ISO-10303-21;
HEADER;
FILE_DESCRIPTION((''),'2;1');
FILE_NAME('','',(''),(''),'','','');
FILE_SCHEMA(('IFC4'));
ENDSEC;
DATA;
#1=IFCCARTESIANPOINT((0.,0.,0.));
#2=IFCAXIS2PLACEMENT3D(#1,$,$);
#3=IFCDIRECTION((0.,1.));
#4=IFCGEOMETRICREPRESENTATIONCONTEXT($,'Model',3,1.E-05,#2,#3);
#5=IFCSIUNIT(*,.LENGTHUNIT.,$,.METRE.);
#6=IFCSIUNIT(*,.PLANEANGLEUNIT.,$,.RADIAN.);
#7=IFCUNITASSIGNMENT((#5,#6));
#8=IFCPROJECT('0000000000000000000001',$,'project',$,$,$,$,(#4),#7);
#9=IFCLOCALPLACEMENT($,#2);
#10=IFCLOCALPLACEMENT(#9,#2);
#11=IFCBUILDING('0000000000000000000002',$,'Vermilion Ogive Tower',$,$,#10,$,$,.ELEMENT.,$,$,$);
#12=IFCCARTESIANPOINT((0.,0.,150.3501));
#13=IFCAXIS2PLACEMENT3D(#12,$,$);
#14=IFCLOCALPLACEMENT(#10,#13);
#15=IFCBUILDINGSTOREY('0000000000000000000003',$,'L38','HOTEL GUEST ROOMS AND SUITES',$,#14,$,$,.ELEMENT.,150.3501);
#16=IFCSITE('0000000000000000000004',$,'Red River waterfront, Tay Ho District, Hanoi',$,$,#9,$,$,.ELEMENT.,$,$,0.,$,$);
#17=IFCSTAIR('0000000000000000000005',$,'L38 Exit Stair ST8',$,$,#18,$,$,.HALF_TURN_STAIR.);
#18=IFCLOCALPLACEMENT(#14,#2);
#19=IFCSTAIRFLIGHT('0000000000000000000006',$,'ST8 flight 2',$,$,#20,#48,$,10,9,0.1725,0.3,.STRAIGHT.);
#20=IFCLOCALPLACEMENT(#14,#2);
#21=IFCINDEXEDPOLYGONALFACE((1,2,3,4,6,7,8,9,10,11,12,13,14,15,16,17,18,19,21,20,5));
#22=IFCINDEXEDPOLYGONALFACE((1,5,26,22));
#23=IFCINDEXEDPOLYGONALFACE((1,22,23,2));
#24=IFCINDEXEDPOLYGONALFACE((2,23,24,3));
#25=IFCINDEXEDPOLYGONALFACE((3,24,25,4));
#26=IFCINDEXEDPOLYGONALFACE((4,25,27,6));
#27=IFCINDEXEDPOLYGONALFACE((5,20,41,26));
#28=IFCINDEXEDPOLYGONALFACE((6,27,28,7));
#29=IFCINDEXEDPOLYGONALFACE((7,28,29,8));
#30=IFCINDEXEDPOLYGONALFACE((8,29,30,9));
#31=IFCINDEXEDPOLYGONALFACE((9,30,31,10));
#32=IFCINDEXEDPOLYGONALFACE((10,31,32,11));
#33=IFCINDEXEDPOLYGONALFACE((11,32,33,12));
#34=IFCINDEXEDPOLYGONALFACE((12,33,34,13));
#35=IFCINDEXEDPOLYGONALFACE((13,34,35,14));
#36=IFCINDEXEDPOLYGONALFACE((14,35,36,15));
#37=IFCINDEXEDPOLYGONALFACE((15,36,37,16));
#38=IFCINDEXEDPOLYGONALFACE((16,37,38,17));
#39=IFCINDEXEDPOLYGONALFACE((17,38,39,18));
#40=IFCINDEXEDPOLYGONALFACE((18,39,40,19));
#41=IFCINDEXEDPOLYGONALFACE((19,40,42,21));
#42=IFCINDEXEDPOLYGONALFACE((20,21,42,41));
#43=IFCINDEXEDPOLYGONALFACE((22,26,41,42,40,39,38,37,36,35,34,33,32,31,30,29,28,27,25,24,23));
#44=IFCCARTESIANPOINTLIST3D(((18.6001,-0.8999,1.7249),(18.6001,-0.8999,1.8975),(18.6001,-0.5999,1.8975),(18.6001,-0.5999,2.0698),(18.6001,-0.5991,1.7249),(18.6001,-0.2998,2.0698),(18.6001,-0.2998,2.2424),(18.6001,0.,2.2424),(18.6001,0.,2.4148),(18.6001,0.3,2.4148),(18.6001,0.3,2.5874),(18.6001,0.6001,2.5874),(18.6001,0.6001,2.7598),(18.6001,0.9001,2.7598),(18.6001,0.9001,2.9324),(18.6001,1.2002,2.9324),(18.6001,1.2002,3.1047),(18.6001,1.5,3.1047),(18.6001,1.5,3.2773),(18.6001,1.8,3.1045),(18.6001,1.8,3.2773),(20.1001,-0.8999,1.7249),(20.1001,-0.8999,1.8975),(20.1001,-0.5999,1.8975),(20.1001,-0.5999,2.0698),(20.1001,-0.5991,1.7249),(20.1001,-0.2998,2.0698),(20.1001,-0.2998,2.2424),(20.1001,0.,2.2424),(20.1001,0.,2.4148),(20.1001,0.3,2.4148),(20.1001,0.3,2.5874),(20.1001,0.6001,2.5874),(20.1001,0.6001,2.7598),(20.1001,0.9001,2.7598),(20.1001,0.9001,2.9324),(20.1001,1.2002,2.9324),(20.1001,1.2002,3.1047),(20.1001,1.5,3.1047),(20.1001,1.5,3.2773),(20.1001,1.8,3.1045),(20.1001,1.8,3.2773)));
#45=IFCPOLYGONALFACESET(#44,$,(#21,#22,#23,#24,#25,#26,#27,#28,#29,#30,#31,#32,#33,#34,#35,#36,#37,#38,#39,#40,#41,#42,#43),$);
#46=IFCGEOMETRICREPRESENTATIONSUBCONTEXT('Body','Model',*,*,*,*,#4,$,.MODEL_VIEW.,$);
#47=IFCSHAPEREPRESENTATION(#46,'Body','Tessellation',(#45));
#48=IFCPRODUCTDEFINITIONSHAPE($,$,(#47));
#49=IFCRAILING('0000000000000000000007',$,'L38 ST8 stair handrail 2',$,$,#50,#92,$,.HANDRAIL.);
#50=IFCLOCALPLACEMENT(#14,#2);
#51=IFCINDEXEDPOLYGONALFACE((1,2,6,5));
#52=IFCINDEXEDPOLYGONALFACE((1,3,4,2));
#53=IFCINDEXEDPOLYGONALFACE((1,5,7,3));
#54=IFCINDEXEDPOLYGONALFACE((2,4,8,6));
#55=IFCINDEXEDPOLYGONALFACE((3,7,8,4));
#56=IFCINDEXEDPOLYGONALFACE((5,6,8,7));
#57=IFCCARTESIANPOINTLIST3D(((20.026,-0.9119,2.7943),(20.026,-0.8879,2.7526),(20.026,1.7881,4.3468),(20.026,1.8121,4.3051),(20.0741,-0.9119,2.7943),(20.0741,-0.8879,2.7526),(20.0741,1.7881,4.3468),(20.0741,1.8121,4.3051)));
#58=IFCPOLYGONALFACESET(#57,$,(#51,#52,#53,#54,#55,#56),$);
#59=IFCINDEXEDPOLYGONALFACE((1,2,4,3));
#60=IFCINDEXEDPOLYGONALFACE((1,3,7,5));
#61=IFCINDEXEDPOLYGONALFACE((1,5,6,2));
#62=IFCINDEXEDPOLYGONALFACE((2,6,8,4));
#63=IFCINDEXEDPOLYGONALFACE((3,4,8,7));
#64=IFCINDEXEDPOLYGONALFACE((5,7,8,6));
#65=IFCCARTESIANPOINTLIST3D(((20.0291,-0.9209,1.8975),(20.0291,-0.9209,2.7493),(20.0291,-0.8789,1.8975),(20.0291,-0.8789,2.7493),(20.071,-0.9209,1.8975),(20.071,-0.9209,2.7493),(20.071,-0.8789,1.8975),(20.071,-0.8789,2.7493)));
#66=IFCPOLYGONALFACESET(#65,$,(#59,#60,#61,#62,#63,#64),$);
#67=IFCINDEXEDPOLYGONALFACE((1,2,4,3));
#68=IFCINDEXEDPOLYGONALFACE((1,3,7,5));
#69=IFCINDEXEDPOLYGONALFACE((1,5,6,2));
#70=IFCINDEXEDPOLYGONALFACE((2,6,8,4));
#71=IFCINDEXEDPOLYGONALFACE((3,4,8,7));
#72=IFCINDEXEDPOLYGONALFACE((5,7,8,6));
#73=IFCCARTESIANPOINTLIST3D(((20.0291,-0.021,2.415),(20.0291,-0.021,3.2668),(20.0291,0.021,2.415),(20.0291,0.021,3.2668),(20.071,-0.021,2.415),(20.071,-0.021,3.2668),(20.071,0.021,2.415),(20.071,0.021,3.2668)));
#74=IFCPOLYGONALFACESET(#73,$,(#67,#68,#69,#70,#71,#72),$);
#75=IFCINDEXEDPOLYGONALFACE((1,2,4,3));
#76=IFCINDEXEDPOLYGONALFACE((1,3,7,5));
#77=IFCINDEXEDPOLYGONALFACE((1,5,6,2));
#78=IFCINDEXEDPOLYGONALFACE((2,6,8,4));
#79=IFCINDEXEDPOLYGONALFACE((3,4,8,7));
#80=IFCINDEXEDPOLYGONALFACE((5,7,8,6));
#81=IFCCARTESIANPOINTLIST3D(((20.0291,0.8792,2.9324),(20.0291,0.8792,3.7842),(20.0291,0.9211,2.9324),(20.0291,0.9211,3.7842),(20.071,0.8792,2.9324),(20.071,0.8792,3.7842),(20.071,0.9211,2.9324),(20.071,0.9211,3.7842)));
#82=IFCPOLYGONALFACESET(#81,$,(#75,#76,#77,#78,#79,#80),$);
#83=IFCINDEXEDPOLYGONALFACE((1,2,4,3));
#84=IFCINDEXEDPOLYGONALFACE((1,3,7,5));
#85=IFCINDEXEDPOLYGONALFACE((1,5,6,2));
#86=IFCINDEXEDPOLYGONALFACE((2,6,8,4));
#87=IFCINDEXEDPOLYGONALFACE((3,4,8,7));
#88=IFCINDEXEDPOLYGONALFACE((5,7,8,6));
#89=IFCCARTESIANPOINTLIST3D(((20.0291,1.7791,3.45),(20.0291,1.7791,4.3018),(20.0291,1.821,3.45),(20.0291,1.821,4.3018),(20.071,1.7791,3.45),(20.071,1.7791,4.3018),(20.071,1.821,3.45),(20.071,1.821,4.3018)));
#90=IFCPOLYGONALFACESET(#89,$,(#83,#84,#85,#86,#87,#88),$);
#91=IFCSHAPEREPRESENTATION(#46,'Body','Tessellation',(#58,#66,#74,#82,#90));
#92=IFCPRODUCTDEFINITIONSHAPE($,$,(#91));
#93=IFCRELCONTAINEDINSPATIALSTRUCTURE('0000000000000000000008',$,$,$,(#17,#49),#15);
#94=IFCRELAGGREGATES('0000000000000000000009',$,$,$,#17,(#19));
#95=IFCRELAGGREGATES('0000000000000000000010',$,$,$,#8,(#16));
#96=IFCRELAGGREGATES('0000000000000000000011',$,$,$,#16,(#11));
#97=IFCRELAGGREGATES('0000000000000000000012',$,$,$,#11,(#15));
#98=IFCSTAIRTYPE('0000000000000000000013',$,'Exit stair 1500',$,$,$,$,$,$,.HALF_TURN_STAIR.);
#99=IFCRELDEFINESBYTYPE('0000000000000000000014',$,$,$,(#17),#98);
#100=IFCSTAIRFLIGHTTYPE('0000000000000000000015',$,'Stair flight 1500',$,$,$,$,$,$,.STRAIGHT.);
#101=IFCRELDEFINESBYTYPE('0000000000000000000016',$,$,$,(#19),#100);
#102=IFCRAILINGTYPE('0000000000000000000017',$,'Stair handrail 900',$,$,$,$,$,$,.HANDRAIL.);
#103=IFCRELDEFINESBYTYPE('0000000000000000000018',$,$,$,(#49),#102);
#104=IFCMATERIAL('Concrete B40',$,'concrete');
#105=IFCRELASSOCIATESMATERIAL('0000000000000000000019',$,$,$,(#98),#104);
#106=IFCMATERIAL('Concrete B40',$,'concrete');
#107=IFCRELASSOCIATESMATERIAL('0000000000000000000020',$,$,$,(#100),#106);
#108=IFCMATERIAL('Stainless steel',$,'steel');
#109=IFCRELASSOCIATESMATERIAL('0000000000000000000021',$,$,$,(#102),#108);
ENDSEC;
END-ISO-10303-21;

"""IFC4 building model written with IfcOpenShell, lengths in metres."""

from ifc_helpers import new_model, si_unit, direction, frame, origin, origin_2d, place, context, subcontext, project, spatial, polyline, rectangle, outline, extrude, material, type_object, element, aggregate, save


model = new_model("IFC4")

# Units and contexts
model_context = context("Model", 3, precision=1e-05, world=origin(), true_north=direction((0.0, 1.0)))
body_context = subcontext(model_context, "Body", "Model", "MODEL_VIEW")
ifc_project = project(units=[si_unit("LENGTHUNIT", "METRE"), si_unit("PLANEANGLEUNIT", "RADIAN")], contexts=[model_context])

# Site, building, storey
site_placement = place(None, origin())
site = spatial("IfcSite", under=ifc_project, at=site_placement, Name="Red River waterfront, Tay Ho District, Hanoi", CompositionType="ELEMENT", RefElevation=0.0)
building_placement = place(site_placement, origin())
building = spatial("IfcBuilding", under=site, at=building_placement, Name="Vermilion Ogive Tower", CompositionType="ELEMENT")
storey_placement = place(building_placement, frame((0.0, 0.0, 150.3501)))
storey = spatial("IfcBuildingStorey", under=building, at=storey_placement, Name="L38", Description="HOTEL GUEST ROOMS AND SUITES", CompositionType="ELEMENT", Elevation=150.3501)

# Stair, stair flight
ifc_material_1 = material(Name="Concrete B40", Category="concrete")
stair_type = type_object("IfcStairType", Name="Exit stair 1500", PredefinedType="HALF_TURN_STAIR", material=ifc_material_1)
stair_placement = place(storey_placement, origin())
stair = element("IfcStair", 1, at=stair_placement, inside=storey, type_object=stair_type, Name="L38 Exit Stair ST8", PredefinedType="HALF_TURN_STAIR")
ifc_material_2 = material(Name="Concrete B40", Category="concrete")
stair_flight_type = type_object("IfcStairFlightType", Name="Stair flight 1500", PredefinedType="STRAIGHT", material=ifc_material_2)
stair_flight_placement = place(storey_placement, frame((19.3501, -0.8999, 1.7249), z_axis=(0.0, 0.0, 1.0), x_axis=(0.0, 1.0, 0.0)))
stair_flight = element("IfcStairFlight", 2, at=stair_flight_placement, type_object=stair_flight_type, Name="ST8 flight 2", NumberOfRisers=10, NumberOfTreads=9, PredefinedType="STRAIGHT", RiserHeight=0.1725, TreadLength=0.3, context=body_context, shape_type="SweptSolid", body=[
    extrude(outline(polyline([(0.0, 0.0), (0.0, 0.1726), (0.3, 0.1726), (0.3, 0.345), (0.6001, 0.345), (0.6001, 0.5176), (0.8999, 0.5176), (0.8999, 0.6899), (1.2, 0.6899), (1.2, 0.8625), (1.5, 0.8625), (1.5, 1.0349), (1.8, 1.0349), (1.8, 1.2075), (2.1001, 1.2075), (2.1001, 1.3799), (2.3999, 1.3799), (2.3999, 1.5525), (2.7, 1.5525), (2.7, 1.7251), (2.7, 1.3796), (0.3008, 0.0), (0.0, 0.0)])), frame((0.0, 0.75, 0.0), z_axis=(0.0, -1.0, 0.0), x_axis=(1.0, 0.0, 0.0)), (0.0, 0.0, 1.0), 1.5),
])
aggregate(stair, [stair_flight])

# Railing
ifc_material_3 = material(Name="Stainless steel", Category="steel")
railing_type = type_object("IfcRailingType", Name="Stair handrail 900", PredefinedType="HANDRAIL", material=ifc_material_3)
railing_placement = place(storey_placement, frame((20.05, -0.8999, 1.8975)))
element("IfcRailing", 3, at=railing_placement, inside=storey, type_object=railing_type, Name="L38 ST8 stair handrail 2", PredefinedType="HANDRAIL", context=body_context, shape_type="SweptSolid", body=[
    extrude(rectangle(XDim=0.0481, YDim=0.0481, at=origin_2d()), frame((0.0, 0.0, 0.876), z_axis=(0.0, 0.866904, 0.498476), x_axis=(-1.0, 0.0, 0.0)), (0.0, 0.0, 1.0), 3.1145),
    extrude(rectangle(XDim=0.042, YDim=0.042, at=origin_2d()), origin(), (0.0, 0.0, 1.0), 0.8518),
    extrude(rectangle(XDim=0.042, YDim=0.042, at=origin_2d()), frame((0.0, 0.8999, 0.5176)), (0.0, 0.0, 1.0), 0.8518),
    extrude(rectangle(XDim=0.042, YDim=0.042, at=origin_2d()), frame((0.0, 1.8, 1.0349)), (0.0, 0.0, 1.0), 0.8518),
    extrude(rectangle(XDim=0.042, YDim=0.042, at=origin_2d()), frame((0.0, 2.7, 1.5525)), (0.0, 0.0, 1.0), 0.8518),
])

save(model, "model.ifc")
